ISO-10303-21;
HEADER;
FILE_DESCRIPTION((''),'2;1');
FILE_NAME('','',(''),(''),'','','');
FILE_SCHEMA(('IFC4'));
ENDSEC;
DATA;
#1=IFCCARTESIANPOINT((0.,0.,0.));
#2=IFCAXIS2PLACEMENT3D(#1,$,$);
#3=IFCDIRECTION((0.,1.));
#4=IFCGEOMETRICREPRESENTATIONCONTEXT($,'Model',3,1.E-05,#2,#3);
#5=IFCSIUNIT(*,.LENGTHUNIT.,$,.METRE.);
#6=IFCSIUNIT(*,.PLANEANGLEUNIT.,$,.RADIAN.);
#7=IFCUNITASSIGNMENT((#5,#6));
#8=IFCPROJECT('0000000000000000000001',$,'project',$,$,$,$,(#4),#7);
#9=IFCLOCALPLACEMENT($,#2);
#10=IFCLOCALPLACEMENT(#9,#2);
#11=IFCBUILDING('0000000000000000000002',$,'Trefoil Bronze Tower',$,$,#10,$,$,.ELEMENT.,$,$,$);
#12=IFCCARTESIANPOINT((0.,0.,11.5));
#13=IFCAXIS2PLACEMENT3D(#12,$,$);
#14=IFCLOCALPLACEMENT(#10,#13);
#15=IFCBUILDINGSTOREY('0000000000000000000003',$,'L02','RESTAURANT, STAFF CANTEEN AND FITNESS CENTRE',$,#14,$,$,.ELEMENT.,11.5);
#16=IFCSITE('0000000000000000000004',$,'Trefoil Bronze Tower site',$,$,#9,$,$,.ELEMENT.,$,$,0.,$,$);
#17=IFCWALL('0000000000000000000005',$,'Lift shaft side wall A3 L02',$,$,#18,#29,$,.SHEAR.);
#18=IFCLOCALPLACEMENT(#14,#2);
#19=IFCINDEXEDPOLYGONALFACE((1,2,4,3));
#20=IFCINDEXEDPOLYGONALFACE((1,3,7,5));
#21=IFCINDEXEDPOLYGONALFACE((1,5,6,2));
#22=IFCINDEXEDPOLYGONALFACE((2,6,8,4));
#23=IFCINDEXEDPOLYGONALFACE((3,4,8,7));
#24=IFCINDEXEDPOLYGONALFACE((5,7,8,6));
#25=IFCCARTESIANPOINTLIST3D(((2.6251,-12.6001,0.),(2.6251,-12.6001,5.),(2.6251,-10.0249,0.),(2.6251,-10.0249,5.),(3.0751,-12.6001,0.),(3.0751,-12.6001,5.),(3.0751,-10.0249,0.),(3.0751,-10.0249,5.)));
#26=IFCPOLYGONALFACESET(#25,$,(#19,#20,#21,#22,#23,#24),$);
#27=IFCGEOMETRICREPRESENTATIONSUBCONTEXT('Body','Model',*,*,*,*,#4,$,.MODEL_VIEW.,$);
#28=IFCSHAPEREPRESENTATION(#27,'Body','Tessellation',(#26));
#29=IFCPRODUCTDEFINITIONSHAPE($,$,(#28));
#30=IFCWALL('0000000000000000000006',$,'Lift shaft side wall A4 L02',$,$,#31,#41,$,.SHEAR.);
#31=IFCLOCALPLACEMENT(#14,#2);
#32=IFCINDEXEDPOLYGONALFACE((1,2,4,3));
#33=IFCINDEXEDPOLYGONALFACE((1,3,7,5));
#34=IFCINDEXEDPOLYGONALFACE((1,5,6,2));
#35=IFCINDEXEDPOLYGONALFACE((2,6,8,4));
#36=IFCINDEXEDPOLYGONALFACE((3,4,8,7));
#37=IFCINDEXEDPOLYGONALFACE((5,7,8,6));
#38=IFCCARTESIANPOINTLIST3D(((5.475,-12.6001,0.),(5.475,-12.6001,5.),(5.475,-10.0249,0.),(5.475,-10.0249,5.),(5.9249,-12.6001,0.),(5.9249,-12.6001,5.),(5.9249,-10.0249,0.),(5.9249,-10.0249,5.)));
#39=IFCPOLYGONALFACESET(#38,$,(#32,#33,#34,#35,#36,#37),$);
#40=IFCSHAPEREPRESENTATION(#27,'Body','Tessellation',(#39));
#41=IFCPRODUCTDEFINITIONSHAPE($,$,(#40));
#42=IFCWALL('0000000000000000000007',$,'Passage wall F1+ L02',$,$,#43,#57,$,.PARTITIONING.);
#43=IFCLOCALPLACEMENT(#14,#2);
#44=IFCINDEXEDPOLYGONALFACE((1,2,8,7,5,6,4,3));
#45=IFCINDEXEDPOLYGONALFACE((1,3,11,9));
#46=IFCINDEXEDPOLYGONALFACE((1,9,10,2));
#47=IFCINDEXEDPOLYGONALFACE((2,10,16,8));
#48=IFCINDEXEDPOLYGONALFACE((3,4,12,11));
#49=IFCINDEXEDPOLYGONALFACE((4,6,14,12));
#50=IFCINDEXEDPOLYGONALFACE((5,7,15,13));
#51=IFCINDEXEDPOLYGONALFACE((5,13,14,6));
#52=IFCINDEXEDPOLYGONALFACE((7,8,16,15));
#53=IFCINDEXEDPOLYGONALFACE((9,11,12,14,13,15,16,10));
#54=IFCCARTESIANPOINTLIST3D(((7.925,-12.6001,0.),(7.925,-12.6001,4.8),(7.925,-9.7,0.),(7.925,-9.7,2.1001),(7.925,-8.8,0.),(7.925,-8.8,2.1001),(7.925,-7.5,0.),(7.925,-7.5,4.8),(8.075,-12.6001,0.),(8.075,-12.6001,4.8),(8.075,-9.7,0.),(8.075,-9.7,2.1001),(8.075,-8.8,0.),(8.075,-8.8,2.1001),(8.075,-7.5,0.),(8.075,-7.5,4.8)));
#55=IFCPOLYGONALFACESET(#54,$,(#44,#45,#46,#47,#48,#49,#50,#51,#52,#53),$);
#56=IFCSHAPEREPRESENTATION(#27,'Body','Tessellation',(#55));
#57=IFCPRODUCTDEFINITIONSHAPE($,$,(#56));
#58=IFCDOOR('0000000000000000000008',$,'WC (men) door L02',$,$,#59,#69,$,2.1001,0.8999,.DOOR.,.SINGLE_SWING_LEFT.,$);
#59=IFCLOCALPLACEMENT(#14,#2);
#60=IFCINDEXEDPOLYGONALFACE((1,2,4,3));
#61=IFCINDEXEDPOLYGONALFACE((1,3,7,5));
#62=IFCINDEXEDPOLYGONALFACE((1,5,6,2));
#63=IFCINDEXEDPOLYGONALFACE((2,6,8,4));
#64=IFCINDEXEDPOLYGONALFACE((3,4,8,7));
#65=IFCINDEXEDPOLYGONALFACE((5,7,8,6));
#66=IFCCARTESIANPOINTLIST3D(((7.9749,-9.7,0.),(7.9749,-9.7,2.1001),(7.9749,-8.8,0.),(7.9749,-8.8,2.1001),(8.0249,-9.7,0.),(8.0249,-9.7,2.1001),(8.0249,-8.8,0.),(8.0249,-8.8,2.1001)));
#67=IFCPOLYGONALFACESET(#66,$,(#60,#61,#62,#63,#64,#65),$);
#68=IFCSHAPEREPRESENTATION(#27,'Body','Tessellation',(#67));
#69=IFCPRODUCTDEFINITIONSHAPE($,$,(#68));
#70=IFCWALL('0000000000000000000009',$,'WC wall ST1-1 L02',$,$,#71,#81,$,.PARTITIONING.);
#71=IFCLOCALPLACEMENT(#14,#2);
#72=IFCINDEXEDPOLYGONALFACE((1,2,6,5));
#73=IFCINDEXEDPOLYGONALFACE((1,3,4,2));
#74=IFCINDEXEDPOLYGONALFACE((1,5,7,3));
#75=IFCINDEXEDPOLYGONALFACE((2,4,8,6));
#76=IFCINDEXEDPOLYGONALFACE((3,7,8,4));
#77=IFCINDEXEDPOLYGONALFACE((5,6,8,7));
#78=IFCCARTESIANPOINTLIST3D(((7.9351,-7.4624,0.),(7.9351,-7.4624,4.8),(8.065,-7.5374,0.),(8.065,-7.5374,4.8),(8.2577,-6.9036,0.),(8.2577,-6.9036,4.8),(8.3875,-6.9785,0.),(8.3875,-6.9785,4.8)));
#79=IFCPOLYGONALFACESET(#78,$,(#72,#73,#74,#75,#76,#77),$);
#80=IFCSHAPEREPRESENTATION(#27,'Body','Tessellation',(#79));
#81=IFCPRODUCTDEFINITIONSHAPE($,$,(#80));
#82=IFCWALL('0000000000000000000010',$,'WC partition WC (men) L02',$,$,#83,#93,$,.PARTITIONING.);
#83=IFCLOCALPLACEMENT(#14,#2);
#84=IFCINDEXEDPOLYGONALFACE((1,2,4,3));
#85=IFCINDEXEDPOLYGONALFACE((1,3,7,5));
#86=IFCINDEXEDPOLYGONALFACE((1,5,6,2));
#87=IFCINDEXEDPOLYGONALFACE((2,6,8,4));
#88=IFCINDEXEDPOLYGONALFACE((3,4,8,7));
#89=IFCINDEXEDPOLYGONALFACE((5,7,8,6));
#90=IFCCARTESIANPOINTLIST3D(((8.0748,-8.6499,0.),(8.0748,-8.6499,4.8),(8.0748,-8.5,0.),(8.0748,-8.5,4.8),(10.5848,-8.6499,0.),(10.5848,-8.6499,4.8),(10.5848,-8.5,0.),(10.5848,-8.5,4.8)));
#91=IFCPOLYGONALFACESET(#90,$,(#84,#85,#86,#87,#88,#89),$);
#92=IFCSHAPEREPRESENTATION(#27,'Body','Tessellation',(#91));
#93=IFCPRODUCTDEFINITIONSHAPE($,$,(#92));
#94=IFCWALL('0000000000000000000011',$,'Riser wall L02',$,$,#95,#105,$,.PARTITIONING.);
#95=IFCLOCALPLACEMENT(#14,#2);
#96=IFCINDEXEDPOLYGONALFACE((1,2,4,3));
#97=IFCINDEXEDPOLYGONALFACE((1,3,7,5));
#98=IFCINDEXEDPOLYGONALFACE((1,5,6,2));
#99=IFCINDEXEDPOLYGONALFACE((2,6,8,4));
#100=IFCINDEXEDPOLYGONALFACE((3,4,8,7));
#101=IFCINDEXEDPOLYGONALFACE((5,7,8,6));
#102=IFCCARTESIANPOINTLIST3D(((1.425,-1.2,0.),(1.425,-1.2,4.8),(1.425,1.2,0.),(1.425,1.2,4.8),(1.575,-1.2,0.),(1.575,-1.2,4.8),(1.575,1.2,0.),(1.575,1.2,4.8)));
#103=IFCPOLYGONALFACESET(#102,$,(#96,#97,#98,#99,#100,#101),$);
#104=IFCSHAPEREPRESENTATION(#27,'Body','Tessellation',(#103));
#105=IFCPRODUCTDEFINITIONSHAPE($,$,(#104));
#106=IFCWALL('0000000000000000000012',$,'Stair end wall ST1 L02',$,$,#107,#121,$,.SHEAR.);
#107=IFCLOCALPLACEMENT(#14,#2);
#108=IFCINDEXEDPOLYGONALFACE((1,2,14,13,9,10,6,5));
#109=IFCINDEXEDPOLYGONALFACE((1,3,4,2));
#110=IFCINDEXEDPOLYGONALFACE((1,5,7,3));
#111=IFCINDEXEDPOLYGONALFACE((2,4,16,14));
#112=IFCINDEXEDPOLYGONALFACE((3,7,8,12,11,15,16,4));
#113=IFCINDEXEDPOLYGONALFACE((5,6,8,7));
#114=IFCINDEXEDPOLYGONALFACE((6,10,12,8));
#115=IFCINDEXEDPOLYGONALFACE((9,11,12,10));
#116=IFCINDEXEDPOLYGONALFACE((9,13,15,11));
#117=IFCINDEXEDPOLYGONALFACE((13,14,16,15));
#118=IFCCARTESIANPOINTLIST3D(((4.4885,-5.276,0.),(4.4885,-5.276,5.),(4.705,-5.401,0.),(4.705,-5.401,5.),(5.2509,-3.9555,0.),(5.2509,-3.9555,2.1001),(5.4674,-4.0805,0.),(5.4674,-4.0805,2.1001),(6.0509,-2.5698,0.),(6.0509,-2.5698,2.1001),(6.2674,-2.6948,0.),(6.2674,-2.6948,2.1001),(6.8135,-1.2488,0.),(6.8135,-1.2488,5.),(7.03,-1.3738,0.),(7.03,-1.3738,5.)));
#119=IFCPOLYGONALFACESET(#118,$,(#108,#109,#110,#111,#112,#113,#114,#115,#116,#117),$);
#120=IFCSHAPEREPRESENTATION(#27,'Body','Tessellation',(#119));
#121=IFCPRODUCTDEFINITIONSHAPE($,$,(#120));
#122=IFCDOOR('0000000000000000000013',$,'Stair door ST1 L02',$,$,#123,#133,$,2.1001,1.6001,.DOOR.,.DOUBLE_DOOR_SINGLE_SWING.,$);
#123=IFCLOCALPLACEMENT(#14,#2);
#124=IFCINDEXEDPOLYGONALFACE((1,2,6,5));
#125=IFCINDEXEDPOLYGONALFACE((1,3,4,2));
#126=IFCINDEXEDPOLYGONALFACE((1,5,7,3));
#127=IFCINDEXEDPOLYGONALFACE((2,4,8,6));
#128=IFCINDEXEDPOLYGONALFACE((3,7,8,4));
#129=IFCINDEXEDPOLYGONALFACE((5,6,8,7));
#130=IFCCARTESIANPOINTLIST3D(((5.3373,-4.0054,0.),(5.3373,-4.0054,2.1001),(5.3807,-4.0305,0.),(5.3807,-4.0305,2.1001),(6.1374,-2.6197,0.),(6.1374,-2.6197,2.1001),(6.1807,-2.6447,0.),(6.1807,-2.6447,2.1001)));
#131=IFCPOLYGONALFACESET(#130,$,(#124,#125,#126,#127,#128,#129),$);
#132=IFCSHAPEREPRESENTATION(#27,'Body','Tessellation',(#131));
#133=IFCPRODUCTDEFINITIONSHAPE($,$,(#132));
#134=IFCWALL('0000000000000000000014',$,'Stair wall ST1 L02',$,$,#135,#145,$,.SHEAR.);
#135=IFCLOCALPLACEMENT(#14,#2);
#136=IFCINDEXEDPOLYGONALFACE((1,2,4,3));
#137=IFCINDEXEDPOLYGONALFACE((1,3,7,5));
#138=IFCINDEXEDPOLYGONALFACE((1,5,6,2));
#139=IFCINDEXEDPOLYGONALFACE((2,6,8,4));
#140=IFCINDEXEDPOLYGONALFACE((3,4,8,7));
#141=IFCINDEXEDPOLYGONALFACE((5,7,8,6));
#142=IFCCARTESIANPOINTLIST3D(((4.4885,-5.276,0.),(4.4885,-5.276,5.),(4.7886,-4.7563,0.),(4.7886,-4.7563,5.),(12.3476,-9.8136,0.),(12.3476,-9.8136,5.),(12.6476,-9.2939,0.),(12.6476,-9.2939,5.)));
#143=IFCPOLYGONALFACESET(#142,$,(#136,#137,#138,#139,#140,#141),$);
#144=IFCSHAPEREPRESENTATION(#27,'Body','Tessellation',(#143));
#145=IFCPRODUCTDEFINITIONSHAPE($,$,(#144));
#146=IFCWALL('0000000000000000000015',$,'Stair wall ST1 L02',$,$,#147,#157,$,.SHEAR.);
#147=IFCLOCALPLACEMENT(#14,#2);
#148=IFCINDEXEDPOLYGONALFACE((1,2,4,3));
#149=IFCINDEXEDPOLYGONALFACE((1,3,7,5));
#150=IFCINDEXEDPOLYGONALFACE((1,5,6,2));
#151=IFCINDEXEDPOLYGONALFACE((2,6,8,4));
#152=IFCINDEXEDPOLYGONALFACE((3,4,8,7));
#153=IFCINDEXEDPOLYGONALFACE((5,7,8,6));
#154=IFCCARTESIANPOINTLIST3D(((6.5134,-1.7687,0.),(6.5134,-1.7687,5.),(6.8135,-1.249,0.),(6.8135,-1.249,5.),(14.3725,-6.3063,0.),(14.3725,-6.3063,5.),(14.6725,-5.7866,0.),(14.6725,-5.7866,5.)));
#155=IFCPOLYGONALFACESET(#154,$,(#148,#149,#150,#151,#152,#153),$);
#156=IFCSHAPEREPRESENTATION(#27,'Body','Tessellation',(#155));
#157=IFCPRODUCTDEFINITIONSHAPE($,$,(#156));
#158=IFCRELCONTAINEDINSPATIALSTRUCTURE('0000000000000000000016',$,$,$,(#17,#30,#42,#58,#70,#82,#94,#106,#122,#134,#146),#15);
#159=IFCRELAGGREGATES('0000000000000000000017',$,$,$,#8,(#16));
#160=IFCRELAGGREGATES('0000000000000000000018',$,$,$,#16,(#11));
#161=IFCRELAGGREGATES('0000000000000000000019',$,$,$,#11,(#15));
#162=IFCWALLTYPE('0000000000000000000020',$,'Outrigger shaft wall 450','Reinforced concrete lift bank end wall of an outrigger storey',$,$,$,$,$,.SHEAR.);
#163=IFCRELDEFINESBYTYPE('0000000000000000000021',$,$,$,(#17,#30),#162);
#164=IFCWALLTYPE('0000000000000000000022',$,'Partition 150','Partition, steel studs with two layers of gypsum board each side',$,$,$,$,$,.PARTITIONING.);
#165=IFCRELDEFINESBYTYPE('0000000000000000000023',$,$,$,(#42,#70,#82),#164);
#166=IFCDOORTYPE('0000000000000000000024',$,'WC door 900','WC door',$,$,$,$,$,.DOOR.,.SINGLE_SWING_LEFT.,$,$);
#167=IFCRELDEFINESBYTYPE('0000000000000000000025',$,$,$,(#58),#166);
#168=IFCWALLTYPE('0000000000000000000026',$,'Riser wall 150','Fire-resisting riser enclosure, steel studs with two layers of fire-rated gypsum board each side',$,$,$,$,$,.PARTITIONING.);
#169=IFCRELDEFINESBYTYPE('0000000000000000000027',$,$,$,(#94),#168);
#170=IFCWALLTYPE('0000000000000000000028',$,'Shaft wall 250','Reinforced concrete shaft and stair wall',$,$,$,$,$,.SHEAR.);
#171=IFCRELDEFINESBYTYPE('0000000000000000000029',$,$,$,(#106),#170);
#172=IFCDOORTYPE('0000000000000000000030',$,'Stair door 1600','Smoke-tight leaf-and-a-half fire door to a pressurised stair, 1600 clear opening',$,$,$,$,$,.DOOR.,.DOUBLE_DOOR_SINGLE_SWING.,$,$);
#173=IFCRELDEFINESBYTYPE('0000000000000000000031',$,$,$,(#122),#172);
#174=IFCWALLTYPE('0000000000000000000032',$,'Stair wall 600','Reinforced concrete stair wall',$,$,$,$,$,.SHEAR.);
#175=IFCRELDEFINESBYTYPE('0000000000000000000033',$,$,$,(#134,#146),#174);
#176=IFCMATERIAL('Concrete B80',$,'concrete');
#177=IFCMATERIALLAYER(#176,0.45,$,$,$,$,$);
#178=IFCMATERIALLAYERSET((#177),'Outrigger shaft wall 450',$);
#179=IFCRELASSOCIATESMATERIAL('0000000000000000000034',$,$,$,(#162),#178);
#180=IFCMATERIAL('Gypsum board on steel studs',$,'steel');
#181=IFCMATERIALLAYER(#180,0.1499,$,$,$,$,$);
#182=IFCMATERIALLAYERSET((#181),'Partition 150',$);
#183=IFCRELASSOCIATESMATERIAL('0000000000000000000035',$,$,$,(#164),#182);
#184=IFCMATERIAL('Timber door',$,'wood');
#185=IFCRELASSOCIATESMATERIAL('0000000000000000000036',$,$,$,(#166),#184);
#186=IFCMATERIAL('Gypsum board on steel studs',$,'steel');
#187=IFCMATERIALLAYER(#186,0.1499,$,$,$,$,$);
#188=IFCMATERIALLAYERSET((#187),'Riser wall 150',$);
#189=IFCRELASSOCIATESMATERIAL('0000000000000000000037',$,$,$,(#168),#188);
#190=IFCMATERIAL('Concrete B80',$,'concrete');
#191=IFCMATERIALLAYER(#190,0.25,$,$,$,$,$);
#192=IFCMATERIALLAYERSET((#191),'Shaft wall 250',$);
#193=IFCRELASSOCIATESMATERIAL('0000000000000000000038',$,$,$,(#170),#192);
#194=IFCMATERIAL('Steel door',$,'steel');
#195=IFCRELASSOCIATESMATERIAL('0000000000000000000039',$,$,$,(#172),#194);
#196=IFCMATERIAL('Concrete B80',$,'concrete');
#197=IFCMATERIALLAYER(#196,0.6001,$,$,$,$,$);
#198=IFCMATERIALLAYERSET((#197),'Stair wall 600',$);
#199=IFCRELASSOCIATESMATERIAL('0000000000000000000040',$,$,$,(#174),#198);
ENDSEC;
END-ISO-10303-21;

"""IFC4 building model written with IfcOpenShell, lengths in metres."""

from ifc_helpers import new_model, si_unit, direction, frame, frame_2d, origin, place, context, subcontext, project, spatial, rectangle, extrude, material, layer, layer_set, type_object, element, fill, save


model = new_model("IFC4")

# Units and contexts
model_context = context("Model", 3, precision=1e-05, world=origin(), true_north=direction((0.0, 1.0)))
body_context = subcontext(model_context, "Body", "Model", "MODEL_VIEW")
ifc_project = project(units=[si_unit("LENGTHUNIT", "METRE"), si_unit("PLANEANGLEUNIT", "RADIAN")], contexts=[model_context])

# Site, building, storey
site_placement = place(None, origin())
site = spatial("IfcSite", under=ifc_project, at=site_placement, Name="Trefoil Bronze Tower site", CompositionType="ELEMENT", RefElevation=0.0)
building_placement = place(site_placement, origin())
building = spatial("IfcBuilding", under=site, at=building_placement, Name="Trefoil Bronze Tower", CompositionType="ELEMENT")
storey_placement = place(building_placement, frame((0.0, 0.0, 11.5)))
storey = spatial("IfcBuildingStorey", under=building, at=storey_placement, Name="L02", Description="RESTAURANT, STAFF CANTEEN AND FITNESS CENTRE", CompositionType="ELEMENT", Elevation=11.5)

# Walls
ifc_material_1 = material(Name="Concrete B80", Category="concrete")
ifc_layer_1 = layer(ifc_material_1, 0.45)
ifc_layer_set_1 = layer_set([ifc_layer_1], Name="Outrigger shaft wall 450")
wall_type_1 = type_object("IfcWallType", Name="Outrigger shaft wall 450", Description="Reinforced concrete lift bank end wall of an outrigger storey", PredefinedType="SHEAR", material=ifc_layer_set_1)
for number, where, z_axis, x_axis, name in (
    (1, (2.8501, -10.0249, 0.0), (0.0, 0.0, 1.0), (0.0, -1.0, 0.0), "Lift shaft side wall A3 L02"),
    (2, (5.7, -10.0249, 0.0), (0.0, 0.0, 1.0), (0.0, -1.0, 0.0), "Lift shaft side wall A4 L02"),
):
    element("IfcWall", number, at=place(storey_placement, frame(where, z_axis=z_axis, x_axis=x_axis)), inside=storey, type_object=wall_type_1, Name=name, PredefinedType="SHEAR", context=body_context, shape_type="SweptSolid", body=[
        extrude(rectangle(XDim=2.5752, YDim=0.45, at=frame_2d((1.2876, 0.0))), origin(), (0.0, 0.0, 1.0), 5.0),
    ])

# Wall, opening, door
ifc_material_2 = material(Name="Gypsum board on steel studs", Category="steel")
ifc_layer_2 = layer(ifc_material_2, 0.1499)
ifc_layer_set_2 = layer_set([ifc_layer_2], Name="Partition 150")
wall_type_2 = type_object("IfcWallType", Name="Partition 150", Description="Partition, steel studs with two layers of gypsum board each side", PredefinedType="PARTITIONING", material=ifc_layer_set_2)
wall_1_placement = place(storey_placement, frame((8.0, -7.5, 0.0), z_axis=(0.0, 0.0, 1.0), x_axis=(0.0, -1.0, 0.0)))
wall_1 = element("IfcWall", 3, at=wall_1_placement, inside=storey, type_object=wall_type_2, Name="Passage wall F1+ L02", PredefinedType="PARTITIONING", context=body_context, shape_type="SweptSolid", body=[
    extrude(rectangle(XDim=5.1001, YDim=0.1499, at=frame_2d((2.55, 0.0))), origin(), (0.0, 0.0, 1.0), 4.8),
])
opening_1_placement = place(wall_1_placement, frame((1.3, 0.0, 0.0)))
opening_1 = element("IfcOpeningElement", 4, at=opening_1_placement, cuts=wall_1, PredefinedType="OPENING", context=body_context, shape_type="SweptSolid", body=[
    extrude(rectangle(XDim=0.8999, YDim=2.1001, at=frame_2d((0.45, 1.05))), frame((0.0, 0.085, 0.0), z_axis=(0.0, -1.0, 0.0), x_axis=(1.0, 0.0, 0.0)), (0.0, 0.0, 1.0), 0.1699),
])
ifc_material_3 = material(Name="Timber door", Category="wood")
door_type_1 = type_object("IfcDoorType", Name="WC door 900", Description="WC door", OperationType="SINGLE_SWING_LEFT", PredefinedType="DOOR", material=ifc_material_3)
door_1_placement = place(opening_1_placement, origin())
door_1 = element("IfcDoor", 5, at=door_1_placement, inside=storey, type_object=door_type_1, Name="WC (men) door L02", OperationType="SINGLE_SWING_LEFT", OverallHeight=2.1001, OverallWidth=0.8999, PredefinedType="DOOR", context=body_context, shape_type="SweptSolid", body=[
    extrude(rectangle(XDim=0.8999, YDim=2.1001, at=frame_2d((0.45, 1.05))), frame((0.0, 0.0249, 0.0), z_axis=(0.0, -1.0, 0.0), x_axis=(1.0, 0.0, 0.0)), (0.0, 0.0, 1.0), 0.05),
])
fill(opening_1, door_1)

# Walls
wall_2_placement = place(storey_placement, frame((8.0, -7.5, 0.0), z_axis=(0.0, 0.0, 1.0), x_axis=(0.499843, 0.866116, 0.0)))
element("IfcWall", 6, at=wall_2_placement, inside=storey, type_object=wall_type_2, Name="WC wall ST1-1 L02", PredefinedType="PARTITIONING", context=body_context, shape_type="SweptSolid", body=[
    extrude(rectangle(XDim=0.6453, YDim=0.1499, at=frame_2d((0.3228, 0.0))), origin(), (0.0, 0.0, 1.0), 4.8),
])
wall_3_placement = place(storey_placement, frame((8.075, -8.575, 0.0), z_axis=(0.0, 0.0, 1.0), x_axis=(1.0, 0.0, 0.0)))
element("IfcWall", 7, at=wall_3_placement, inside=storey, type_object=wall_type_2, Name="WC partition WC (men) L02", PredefinedType="PARTITIONING", context=body_context, shape_type="SweptSolid", body=[
    extrude(rectangle(XDim=2.51, YDim=0.1499, at=frame_2d((1.2549, 0.0))), origin(), (0.0, 0.0, 1.0), 4.8),
])
ifc_material_4 = material(Name="Gypsum board on steel studs", Category="steel")
ifc_layer_3 = layer(ifc_material_4, 0.1499)
ifc_layer_set_3 = layer_set([ifc_layer_3], Name="Riser wall 150")
wall_type_3 = type_object("IfcWallType", Name="Riser wall 150", Description="Fire-resisting riser enclosure, steel studs with two layers of fire-rated gypsum board each side", PredefinedType="PARTITIONING", material=ifc_layer_set_3)
wall_4_placement = place(storey_placement, frame((1.5, -1.2, 0.0), z_axis=(0.0, 0.0, 1.0), x_axis=(0.0, 1.0, 0.0)))
element("IfcWall", 8, at=wall_4_placement, inside=storey, type_object=wall_type_3, Name="Riser wall L02", PredefinedType="PARTITIONING", context=body_context, shape_type="SweptSolid", body=[
    extrude(rectangle(XDim=2.3999, YDim=0.1499, at=frame_2d((1.2, 0.0))), origin(), (0.0, 0.0, 1.0), 4.8),
])

# Wall, opening, door
ifc_material_5 = material(Name="Concrete B80", Category="concrete")
ifc_layer_4 = layer(ifc_material_5, 0.25)
ifc_layer_set_4 = layer_set([ifc_layer_4], Name="Shaft wall 250")
wall_type_4 = type_object("IfcWallType", Name="Shaft wall 250", Description="Reinforced concrete shaft and stair wall", PredefinedType="SHEAR", material=ifc_layer_set_4)
wall_5_placement = place(storey_placement, frame((4.5967, -5.3386, 0.0), z_axis=(0.0, 0.0, 1.0), x_axis=(0.499985, 0.866034, 0.0)))
wall_5 = element("IfcWall", 9, at=wall_5_placement, inside=storey, type_object=wall_type_4, Name="Stair end wall ST1 L02", PredefinedType="SHEAR", context=body_context, shape_type="SweptSolid", body=[
    extrude(rectangle(XDim=4.6501, YDim=0.25, at=frame_2d((2.3252, 0.0))), origin(), (0.0, 0.0, 1.0), 5.0),
])
opening_2_placement = place(wall_5_placement, frame((1.5249, 0.0, 0.0)))
opening_2 = element("IfcOpeningElement", 10, at=opening_2_placement, cuts=wall_5, PredefinedType="OPENING", context=body_context, shape_type="SweptSolid", body=[
    extrude(rectangle(XDim=1.6001, YDim=2.1001, at=frame_2d((0.8, 1.05))), frame((0.0, 0.135, 0.0), z_axis=(0.0, -1.0, 0.0), x_axis=(1.0, 0.0, 0.0)), (0.0, 0.0, 1.0), 0.27),
])
ifc_material_6 = material(Name="Steel door", Category="steel")
door_type_2 = type_object("IfcDoorType", Name="Stair door 1600", Description="Smoke-tight leaf-and-a-half fire door to a pressurised stair, 1600 clear opening", OperationType="DOUBLE_DOOR_SINGLE_SWING", PredefinedType="DOOR", material=ifc_material_6)
door_2_placement = place(opening_2_placement, frame((1.6001, 0.0, 0.0), z_axis=(0.0, 0.0, 1.0), x_axis=(-1.0, 0.0, 0.0)))
door_2 = element("IfcDoor", 11, at=door_2_placement, inside=storey, type_object=door_type_2, Name="Stair door ST1 L02", OperationType="DOUBLE_DOOR_SINGLE_SWING", OverallHeight=2.1001, OverallWidth=1.6001, PredefinedType="DOOR", context=body_context, shape_type="SweptSolid", body=[
    extrude(rectangle(XDim=1.6001, YDim=2.1001, at=frame_2d((0.8, 1.05))), frame((0.0, 0.0249, 0.0), z_axis=(0.0, -1.0, 0.0), x_axis=(1.0, 0.0, 0.0)), (0.0, 0.0, 1.0), 0.05),
])
fill(opening_2, door_2)

# Walls
ifc_material_7 = material(Name="Concrete B80", Category="concrete")
ifc_layer_5 = layer(ifc_material_7, 0.6001)
ifc_layer_set_5 = layer_set([ifc_layer_5], Name="Stair wall 600")
wall_type_5 = type_object("IfcWallType", Name="Stair wall 600", Description="Reinforced concrete stair wall", PredefinedType="SHEAR", material=ifc_layer_set_5)
for number, where, z_axis, x_axis, name in (
    (12, (4.6384, -5.0161, 0.0), (0.0, 0.0, 1.0), (0.866019, -0.50001, 0.0), "Stair wall ST1 L02"),
    (13, (6.6633, -1.5088, 0.0), (0.0, 0.0, 1.0), (0.866019, -0.50001, 0.0), "Stair wall ST1 L02"),
):
    element("IfcWall", number, at=place(storey_placement, frame(where, z_axis=z_axis, x_axis=x_axis)), inside=storey, type_object=wall_type_5, Name=name, PredefinedType="SHEAR", context=body_context, shape_type="SweptSolid", body=[
        extrude(rectangle(XDim=9.075, YDim=0.6001, at=frame_2d((4.5376, 0.0))), origin(), (0.0, 0.0, 1.0), 5.0),
    ])

save(model, "model.ifc")
